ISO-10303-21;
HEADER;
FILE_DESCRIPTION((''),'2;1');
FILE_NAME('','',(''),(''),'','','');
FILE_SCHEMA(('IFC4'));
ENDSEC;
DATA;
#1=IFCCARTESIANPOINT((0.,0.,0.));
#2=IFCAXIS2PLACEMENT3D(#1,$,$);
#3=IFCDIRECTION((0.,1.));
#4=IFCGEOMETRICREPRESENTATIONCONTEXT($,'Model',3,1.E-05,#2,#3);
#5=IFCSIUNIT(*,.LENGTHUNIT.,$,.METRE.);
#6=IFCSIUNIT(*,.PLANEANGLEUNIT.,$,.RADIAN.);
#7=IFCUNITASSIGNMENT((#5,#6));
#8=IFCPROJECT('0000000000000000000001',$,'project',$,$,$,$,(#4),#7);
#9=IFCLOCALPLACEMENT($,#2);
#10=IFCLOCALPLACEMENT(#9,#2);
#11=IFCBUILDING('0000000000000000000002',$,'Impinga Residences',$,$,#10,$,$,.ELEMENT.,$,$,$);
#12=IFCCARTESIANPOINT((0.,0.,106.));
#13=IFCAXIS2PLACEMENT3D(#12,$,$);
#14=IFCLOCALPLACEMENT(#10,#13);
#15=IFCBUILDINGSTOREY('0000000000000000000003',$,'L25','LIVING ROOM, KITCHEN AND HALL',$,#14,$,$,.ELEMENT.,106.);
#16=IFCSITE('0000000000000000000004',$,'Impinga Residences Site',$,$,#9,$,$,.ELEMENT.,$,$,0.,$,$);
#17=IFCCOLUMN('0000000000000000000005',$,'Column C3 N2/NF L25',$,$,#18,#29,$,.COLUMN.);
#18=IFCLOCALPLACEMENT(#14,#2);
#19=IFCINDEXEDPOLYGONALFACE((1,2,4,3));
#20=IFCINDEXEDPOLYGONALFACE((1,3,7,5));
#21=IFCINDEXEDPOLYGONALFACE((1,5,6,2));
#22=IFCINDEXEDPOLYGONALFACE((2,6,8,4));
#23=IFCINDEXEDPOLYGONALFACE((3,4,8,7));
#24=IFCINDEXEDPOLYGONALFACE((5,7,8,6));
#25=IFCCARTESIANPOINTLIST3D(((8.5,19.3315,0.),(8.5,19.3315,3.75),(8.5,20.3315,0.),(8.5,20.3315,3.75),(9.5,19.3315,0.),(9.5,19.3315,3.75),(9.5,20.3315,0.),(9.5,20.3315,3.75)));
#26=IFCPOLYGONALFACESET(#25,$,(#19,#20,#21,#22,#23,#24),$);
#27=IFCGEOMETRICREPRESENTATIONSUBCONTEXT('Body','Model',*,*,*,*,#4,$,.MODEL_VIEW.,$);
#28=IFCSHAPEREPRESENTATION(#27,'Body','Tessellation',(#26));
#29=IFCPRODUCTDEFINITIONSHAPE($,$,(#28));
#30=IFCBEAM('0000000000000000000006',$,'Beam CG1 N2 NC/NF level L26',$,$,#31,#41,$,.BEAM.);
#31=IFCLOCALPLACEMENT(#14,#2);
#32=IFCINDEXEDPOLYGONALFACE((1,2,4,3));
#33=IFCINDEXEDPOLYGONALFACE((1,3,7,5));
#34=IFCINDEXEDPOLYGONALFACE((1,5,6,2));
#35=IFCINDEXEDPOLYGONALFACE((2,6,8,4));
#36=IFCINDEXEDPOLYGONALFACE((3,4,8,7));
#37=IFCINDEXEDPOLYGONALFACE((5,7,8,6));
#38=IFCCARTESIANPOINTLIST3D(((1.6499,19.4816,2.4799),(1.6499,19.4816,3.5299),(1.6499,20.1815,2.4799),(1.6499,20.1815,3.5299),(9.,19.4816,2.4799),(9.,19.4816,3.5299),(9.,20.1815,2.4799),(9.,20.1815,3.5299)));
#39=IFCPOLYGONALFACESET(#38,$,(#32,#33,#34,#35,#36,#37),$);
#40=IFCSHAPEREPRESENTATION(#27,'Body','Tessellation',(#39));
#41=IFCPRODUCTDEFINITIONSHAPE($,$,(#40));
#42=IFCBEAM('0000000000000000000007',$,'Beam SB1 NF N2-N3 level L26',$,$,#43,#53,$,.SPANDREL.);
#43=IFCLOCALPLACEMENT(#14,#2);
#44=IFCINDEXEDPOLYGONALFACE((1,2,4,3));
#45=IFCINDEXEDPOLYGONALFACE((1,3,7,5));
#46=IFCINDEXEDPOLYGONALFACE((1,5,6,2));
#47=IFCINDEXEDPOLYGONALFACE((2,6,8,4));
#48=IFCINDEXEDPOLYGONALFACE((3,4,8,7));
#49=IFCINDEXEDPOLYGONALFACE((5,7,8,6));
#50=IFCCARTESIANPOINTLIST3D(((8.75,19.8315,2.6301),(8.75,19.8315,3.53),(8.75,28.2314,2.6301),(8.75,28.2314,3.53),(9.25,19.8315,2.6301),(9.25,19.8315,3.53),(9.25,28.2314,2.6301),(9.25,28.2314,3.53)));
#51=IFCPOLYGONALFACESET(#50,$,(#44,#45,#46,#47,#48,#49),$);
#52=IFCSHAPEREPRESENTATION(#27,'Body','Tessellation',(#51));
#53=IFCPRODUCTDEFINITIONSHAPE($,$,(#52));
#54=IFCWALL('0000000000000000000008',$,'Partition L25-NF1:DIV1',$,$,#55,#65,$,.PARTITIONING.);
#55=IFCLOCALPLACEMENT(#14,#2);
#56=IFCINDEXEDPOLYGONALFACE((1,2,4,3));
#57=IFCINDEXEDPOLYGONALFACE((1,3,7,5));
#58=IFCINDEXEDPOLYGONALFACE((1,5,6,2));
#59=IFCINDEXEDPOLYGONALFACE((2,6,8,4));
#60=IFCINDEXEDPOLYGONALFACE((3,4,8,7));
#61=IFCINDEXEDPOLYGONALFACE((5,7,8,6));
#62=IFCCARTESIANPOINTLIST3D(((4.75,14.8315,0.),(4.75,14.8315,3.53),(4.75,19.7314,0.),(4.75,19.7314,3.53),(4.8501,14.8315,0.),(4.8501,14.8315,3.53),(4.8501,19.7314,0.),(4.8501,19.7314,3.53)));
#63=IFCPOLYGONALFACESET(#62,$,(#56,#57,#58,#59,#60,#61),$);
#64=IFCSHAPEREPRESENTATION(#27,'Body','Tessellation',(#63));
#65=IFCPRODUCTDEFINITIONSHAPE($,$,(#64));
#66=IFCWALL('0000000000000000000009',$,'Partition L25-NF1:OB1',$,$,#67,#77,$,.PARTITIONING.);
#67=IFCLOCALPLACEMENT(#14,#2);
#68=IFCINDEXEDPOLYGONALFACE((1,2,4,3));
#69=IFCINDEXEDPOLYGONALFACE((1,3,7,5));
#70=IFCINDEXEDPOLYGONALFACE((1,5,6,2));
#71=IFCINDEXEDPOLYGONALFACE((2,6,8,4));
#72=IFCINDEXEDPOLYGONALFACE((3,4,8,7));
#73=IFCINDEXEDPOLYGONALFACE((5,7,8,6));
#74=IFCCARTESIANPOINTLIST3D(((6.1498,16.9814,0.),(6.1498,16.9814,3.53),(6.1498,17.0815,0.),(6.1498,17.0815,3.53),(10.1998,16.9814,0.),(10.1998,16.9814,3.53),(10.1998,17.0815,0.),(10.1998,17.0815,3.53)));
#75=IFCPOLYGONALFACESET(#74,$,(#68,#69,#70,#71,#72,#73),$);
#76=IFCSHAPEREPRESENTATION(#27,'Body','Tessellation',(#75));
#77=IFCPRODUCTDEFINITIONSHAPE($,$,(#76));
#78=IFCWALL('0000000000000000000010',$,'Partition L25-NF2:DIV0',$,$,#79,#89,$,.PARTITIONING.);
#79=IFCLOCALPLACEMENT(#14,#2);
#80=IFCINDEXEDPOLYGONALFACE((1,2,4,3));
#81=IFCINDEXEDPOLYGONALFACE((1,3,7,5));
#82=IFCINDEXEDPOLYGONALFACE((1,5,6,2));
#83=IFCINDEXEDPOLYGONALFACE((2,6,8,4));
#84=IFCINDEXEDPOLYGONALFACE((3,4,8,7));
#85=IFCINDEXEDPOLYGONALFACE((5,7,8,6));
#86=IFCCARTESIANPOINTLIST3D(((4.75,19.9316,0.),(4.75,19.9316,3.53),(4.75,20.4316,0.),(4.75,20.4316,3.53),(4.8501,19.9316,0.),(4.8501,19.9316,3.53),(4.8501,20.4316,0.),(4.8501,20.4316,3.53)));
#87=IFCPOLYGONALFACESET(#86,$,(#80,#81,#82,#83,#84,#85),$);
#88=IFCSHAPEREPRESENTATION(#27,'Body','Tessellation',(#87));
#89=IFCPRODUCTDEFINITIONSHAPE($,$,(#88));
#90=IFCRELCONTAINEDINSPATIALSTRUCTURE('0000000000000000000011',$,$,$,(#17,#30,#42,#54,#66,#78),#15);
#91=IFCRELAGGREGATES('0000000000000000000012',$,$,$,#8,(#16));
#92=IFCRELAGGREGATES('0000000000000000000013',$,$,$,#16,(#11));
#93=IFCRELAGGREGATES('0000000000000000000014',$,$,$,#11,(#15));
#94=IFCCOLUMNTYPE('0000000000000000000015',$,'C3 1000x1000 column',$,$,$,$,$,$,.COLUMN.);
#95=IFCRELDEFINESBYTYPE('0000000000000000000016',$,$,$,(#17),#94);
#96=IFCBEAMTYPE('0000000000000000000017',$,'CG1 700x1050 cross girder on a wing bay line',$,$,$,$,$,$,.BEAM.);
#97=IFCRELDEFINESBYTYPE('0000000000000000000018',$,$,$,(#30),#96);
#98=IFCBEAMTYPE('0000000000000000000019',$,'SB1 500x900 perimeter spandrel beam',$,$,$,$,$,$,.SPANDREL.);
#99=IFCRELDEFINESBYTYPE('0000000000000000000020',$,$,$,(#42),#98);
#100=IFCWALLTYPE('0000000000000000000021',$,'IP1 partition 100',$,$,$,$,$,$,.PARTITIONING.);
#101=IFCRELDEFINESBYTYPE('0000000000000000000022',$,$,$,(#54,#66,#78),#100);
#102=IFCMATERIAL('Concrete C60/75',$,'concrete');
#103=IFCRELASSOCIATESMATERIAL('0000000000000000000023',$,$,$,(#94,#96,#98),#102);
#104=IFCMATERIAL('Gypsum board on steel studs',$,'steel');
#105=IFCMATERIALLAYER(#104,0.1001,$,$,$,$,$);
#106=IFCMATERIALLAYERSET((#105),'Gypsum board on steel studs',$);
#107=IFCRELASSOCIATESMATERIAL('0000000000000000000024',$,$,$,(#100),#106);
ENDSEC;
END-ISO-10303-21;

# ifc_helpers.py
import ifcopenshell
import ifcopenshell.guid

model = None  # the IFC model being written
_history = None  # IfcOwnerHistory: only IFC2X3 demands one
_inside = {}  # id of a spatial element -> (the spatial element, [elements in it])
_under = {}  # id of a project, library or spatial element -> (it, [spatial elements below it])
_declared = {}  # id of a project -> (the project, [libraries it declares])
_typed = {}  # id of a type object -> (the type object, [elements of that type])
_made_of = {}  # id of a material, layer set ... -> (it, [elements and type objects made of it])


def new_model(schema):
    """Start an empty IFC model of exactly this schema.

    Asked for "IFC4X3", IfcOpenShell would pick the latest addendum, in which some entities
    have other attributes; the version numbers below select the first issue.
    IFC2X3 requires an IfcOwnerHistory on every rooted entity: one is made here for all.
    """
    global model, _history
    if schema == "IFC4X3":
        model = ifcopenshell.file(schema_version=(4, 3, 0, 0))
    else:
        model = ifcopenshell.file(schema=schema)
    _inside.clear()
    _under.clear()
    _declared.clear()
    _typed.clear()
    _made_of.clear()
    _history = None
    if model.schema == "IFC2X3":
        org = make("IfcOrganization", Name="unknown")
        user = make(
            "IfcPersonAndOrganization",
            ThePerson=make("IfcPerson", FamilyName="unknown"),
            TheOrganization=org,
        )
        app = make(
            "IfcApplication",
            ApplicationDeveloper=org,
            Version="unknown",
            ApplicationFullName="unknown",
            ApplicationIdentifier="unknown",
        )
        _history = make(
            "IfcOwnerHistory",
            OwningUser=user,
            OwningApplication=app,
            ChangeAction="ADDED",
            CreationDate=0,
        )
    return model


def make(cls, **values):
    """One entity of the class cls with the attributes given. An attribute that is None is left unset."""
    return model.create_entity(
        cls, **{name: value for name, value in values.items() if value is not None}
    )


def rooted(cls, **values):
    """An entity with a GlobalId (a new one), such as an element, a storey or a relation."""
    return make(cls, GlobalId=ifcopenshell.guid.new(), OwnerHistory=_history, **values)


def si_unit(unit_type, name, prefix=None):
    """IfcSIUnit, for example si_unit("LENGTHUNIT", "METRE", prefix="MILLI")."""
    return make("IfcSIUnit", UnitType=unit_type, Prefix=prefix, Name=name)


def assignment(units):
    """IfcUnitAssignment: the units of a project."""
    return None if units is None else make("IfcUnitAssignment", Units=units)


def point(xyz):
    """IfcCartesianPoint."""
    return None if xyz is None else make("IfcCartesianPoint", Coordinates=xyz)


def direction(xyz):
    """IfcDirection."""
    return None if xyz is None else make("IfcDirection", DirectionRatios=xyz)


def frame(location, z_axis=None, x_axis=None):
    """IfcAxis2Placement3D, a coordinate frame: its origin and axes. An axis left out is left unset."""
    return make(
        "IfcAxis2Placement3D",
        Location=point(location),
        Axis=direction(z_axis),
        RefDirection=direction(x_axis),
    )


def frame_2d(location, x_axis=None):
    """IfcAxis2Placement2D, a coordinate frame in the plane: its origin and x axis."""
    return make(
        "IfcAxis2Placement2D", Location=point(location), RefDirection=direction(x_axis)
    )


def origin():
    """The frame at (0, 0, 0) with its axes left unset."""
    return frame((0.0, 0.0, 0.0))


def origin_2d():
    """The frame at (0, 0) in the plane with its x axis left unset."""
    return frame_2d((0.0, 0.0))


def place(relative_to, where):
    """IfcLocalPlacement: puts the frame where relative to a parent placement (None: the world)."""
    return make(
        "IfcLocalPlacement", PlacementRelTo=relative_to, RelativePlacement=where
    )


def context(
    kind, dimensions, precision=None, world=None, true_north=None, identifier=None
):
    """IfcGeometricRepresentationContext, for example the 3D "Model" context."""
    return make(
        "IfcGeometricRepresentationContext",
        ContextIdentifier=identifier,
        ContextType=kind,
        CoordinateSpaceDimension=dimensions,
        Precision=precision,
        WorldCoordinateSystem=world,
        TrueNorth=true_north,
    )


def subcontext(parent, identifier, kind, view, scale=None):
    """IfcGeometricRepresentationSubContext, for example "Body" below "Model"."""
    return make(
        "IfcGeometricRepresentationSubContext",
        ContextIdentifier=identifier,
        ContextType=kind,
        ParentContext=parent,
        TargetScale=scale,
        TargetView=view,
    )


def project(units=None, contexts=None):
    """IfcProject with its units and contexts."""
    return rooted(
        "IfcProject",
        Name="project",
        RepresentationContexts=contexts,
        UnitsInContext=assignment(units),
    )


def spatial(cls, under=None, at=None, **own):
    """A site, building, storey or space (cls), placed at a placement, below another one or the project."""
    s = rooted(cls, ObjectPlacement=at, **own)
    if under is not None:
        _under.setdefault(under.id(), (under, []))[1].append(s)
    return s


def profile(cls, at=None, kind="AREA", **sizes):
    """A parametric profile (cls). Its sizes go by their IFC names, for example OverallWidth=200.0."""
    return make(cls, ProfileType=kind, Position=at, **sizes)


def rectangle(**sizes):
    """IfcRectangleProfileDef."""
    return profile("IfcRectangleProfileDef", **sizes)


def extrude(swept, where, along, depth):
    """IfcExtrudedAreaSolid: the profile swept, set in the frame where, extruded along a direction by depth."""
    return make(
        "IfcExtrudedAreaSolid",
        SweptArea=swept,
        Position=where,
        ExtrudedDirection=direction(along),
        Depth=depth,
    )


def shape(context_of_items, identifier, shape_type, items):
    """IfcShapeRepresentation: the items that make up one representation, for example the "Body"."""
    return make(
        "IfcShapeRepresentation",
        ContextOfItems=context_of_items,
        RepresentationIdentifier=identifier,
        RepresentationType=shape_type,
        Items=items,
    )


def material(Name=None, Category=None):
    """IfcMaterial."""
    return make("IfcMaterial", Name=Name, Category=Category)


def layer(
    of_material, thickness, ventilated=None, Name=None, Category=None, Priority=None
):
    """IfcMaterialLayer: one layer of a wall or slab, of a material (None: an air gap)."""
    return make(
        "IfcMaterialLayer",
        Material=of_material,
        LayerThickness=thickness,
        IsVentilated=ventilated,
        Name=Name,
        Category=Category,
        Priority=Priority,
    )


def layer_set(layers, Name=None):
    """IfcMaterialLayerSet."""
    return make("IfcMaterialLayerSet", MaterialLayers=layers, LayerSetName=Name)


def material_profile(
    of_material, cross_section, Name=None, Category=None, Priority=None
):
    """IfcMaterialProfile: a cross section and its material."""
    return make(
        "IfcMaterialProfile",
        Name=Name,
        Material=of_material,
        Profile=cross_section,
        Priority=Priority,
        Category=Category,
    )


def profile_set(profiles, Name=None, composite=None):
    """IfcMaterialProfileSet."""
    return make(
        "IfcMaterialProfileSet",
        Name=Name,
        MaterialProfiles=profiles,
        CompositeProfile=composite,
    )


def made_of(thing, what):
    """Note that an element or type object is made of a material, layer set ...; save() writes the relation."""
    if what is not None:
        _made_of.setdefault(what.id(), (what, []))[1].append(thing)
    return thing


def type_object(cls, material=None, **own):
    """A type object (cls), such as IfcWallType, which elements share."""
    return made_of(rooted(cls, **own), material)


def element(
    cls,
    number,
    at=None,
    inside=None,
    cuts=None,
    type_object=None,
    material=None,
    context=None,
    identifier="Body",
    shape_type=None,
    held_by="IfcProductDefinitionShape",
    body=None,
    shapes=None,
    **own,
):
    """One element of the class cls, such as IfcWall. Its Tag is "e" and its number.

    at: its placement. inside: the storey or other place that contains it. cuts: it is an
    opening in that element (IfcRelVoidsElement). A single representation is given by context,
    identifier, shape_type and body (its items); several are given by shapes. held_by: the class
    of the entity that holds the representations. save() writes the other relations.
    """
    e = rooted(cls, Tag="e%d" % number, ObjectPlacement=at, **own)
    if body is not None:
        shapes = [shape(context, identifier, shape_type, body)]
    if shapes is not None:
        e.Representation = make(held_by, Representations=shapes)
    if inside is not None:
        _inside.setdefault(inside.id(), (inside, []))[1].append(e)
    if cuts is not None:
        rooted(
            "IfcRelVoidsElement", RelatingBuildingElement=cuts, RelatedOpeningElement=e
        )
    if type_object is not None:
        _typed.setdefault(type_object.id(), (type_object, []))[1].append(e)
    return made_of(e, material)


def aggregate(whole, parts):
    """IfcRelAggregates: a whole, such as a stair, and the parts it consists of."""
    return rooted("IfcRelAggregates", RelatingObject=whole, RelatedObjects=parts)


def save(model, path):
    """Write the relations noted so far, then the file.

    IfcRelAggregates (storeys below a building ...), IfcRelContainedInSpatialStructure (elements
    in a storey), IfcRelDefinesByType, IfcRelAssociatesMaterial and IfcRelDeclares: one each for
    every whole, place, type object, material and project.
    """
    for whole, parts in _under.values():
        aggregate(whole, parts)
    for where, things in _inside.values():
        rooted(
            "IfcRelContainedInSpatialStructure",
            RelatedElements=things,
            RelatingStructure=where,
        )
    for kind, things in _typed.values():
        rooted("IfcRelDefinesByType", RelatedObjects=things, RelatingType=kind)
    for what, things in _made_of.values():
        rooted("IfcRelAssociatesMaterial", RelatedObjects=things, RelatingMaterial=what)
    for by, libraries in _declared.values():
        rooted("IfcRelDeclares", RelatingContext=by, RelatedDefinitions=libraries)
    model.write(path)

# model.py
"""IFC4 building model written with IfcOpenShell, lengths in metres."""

from ifc_helpers import new_model, si_unit, direction, frame, frame_2d, origin, origin_2d, place, context, subcontext, project, spatial, rectangle, extrude, material, layer, layer_set, material_profile, profile_set, type_object, element, save


model = new_model("IFC4")

# Units and contexts
model_context = context("Model", 3, precision=1e-05, world=origin(), true_north=direction((0.0, 1.0)))
body_context = subcontext(model_context, "Body", "Model", "MODEL_VIEW")
ifc_project = project(units=[si_unit("LENGTHUNIT", "METRE"), si_unit("PLANEANGLEUNIT", "RADIAN")], contexts=[model_context])

# Site, building, storey
site_placement = place(None, origin())
site = spatial("IfcSite", under=ifc_project, at=site_placement, Name="Impinga Residences Site", CompositionType="ELEMENT", RefElevation=0.0)
building_placement = place(site_placement, origin())
building = spatial("IfcBuilding", under=site, at=building_placement, Name="Impinga Residences", CompositionType="ELEMENT")
storey_placement = place(building_placement, frame((0.0, 0.0, 106.0)))
storey = spatial("IfcBuildingStorey", under=building, at=storey_placement, Name="L25", Description="LIVING ROOM, KITCHEN AND HALL", CompositionType="ELEMENT", Elevation=106.0)

# Column
ifc_material_1 = material(Name="Concrete C60/75", Category="concrete")
ifc_material_profile_1 = material_profile(ifc_material_1, rectangle(XDim=1.0, YDim=1.0, at=origin_2d()), Name="RC 1000x1000")
ifc_profile_set_1 = profile_set([ifc_material_profile_1], Name="Concrete C60/75")
column_type = type_object("IfcColumnType", Name="C3 1000x1000 column", PredefinedType="COLUMN", material=ifc_profile_set_1)
column_placement = place(storey_placement, frame((9.0, 19.8315, 0.0), z_axis=(0.0, 0.0, 1.0), x_axis=(1.0, 0.0, 0.0)))
element("IfcColumn", 1, at=column_placement, inside=storey, type_object=column_type, Name="Column C3 N2/NF L25", PredefinedType="COLUMN", context=body_context, shape_type="SweptSolid", body=[
    extrude(rectangle(XDim=1.0, YDim=1.0, at=origin_2d()), origin(), (0.0, 0.0, 1.0), 3.75),
])

# Beams
ifc_material_profile_2 = material_profile(ifc_material_1, rectangle(XDim=0.7, YDim=1.05, at=origin_2d()), Name="RC 700x1050")
ifc_profile_set_2 = profile_set([ifc_material_profile_2], Name="Concrete C60/75")
beam_type_1 = type_object("IfcBeamType", Name="CG1 700x1050 cross girder on a wing bay line", PredefinedType="BEAM", material=ifc_profile_set_2)
beam_1_placement = place(storey_placement, frame((1.6499, 19.8315, 3.0049), z_axis=(1.0, 0.0, 0.0), x_axis=(0.0, 1.0, 0.0)))
element("IfcBeam", 2, at=beam_1_placement, inside=storey, type_object=beam_type_1, Name="Beam CG1 N2 NC/NF level L26", PredefinedType="BEAM", context=body_context, shape_type="SweptSolid", body=[
    extrude(rectangle(XDim=0.7, YDim=1.05, at=origin_2d()), origin(), (0.0, 0.0, 1.0), 7.3501),
])
ifc_material_profile_3 = material_profile(ifc_material_1, rectangle(XDim=0.5, YDim=0.8999, at=origin_2d()), Name="RC 500x900")
ifc_profile_set_3 = profile_set([ifc_material_profile_3], Name="Concrete C60/75")
beam_type_2 = type_object("IfcBeamType", Name="SB1 500x900 perimeter spandrel beam", PredefinedType="SPANDREL", material=ifc_profile_set_3)
beam_2_placement = place(storey_placement, frame((9.0, 19.8315, 3.0801), z_axis=(0.0, 1.0, 0.0), x_axis=(-1.0, 0.0, 0.0)))
element("IfcBeam", 3, at=beam_2_placement, inside=storey, type_object=beam_type_2, Name="Beam SB1 NF N2-N3 level L26", PredefinedType="SPANDREL", context=body_context, shape_type="SweptSolid", body=[
    extrude(rectangle(XDim=0.5, YDim=0.8999, at=origin_2d()), origin(), (0.0, 0.0, 1.0), 8.3999),
])

# Walls
ifc_material_2 = material(Name="Gypsum board on steel studs", Category="steel")
ifc_layer_1 = layer(ifc_material_2, 0.1001)
ifc_layer_set_1 = layer_set([ifc_layer_1], Name="Gypsum board on steel studs")
wall_type_1 = type_object("IfcWallType", Name="IP1 partition 100", PredefinedType="PARTITIONING", material=ifc_layer_set_1)
wall_1_placement = place(storey_placement, frame((4.8, 14.8315, 0.0), z_axis=(0.0, 0.0, 1.0), x_axis=(0.0, 1.0, 0.0)))
element("IfcWall", 4, at=wall_1_placement, inside=storey, type_object=wall_type_1, Name="Partition L25-NF1:DIV1", PredefinedType="PARTITIONING", context=body_context, shape_type="SweptSolid", body=[
    extrude(rectangle(XDim=4.8999, YDim=0.1001, at=frame_2d((2.45, 0.0))), origin(), (0.0, 0.0, 1.0), 3.53),
])
wall_2_placement = place(storey_placement, frame((6.1499, 17.0315, 0.0), z_axis=(0.0, 0.0, 1.0), x_axis=(1.0, 0.0, 0.0)))
element("IfcWall", 5, at=wall_2_placement, inside=storey, type_object=wall_type_1, Name="Partition L25-NF1:OB1", PredefinedType="PARTITIONING", context=body_context, shape_type="SweptSolid", body=[
    extrude(rectangle(XDim=4.05, YDim=0.1001, at=frame_2d((2.0249, 0.0))), origin(), (0.0, 0.0, 1.0), 3.53),
])
wall_3_placement = place(storey_placement, frame((4.8, 19.9316, 0.0), z_axis=(0.0, 0.0, 1.0), x_axis=(0.0, 1.0, 0.0)))
element("IfcWall", 6, at=wall_3_placement, inside=storey, type_object=wall_type_1, Name="Partition L25-NF2:DIV0", PredefinedType="PARTITIONING", context=body_context, shape_type="SweptSolid", body=[
    extrude(rectangle(XDim=0.5, YDim=0.1001, at=frame_2d((0.25, 0.0))), origin(), (0.0, 0.0, 1.0), 3.53),
])

save(model, "model.ifc")
